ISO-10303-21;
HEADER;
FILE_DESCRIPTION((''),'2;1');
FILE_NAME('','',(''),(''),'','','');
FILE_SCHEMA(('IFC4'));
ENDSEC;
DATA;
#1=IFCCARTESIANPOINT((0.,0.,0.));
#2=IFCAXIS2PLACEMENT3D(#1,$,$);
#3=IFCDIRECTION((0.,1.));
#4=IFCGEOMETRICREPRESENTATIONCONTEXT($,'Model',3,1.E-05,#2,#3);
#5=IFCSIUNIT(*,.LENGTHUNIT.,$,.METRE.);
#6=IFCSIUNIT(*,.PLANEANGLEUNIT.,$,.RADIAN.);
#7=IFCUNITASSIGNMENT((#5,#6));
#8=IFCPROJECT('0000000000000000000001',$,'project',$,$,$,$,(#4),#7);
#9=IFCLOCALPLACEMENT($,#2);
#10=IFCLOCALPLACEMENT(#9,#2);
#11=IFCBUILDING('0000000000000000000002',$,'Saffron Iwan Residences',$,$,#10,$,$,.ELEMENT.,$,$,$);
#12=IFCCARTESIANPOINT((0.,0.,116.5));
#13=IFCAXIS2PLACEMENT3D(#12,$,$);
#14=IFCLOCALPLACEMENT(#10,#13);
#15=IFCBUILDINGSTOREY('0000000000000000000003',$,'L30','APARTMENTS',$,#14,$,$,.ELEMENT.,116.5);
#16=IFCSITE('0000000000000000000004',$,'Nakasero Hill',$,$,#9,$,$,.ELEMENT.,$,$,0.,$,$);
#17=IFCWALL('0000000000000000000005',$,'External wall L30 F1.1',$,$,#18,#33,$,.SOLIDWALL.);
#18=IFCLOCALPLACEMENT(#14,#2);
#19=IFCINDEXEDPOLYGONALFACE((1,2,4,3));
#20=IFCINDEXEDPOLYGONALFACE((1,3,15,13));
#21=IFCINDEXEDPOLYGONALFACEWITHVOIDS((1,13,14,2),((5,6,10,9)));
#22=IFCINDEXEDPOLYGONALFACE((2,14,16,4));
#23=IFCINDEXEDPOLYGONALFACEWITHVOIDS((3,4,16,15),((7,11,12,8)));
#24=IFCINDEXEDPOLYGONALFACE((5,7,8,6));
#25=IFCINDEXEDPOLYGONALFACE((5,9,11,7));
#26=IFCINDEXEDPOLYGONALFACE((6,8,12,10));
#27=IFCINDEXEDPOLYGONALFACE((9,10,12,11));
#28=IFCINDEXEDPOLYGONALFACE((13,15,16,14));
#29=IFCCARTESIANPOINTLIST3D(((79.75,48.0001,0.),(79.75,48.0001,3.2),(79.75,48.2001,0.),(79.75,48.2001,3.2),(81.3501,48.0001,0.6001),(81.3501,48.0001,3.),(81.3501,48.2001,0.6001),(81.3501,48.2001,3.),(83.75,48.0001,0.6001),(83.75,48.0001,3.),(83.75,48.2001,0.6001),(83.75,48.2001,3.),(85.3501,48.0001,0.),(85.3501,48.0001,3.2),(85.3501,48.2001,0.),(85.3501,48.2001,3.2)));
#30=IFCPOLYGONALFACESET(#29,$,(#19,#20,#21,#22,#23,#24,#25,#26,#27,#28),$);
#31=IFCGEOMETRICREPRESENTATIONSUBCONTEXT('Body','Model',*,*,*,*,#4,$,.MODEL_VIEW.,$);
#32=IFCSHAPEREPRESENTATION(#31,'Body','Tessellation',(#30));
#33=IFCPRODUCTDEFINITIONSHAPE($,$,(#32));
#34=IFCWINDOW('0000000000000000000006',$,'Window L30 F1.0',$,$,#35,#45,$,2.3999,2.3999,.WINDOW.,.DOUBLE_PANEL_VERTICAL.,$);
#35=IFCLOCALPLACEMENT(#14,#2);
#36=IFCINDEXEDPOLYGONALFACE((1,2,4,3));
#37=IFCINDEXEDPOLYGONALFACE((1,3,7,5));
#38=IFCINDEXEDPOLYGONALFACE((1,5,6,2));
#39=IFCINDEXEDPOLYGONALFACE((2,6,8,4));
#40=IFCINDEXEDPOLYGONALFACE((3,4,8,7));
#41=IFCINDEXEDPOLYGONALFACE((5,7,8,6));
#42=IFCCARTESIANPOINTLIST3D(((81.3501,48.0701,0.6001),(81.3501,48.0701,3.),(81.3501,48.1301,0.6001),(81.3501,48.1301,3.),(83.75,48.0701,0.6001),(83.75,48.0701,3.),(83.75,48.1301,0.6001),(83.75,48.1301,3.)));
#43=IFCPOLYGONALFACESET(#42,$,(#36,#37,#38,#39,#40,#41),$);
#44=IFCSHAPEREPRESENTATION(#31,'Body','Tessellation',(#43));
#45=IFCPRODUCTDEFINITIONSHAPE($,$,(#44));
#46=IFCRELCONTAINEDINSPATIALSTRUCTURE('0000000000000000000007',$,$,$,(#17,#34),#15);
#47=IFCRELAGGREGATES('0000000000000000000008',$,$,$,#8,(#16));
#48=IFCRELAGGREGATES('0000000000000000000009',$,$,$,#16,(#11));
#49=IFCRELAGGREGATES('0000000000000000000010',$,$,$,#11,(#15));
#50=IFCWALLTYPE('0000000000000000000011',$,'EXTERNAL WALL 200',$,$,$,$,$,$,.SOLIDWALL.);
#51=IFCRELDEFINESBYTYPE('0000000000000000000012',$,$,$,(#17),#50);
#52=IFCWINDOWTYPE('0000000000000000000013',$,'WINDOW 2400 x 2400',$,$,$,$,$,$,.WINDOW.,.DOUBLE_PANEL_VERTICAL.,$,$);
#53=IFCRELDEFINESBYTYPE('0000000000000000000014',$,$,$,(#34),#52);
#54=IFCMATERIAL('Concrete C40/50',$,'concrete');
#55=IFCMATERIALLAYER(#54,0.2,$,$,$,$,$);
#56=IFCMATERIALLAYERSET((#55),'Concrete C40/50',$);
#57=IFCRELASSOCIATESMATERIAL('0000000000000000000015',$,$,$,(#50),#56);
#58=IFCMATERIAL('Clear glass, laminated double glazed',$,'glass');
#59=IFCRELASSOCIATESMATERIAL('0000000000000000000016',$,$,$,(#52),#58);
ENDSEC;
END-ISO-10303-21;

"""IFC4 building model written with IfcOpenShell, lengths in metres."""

from ifc_helpers import new_model, si_unit, direction, frame, frame_2d, origin, place, context, subcontext, project, spatial, rectangle, extrude, material, layer, layer_set, type_object, element, fill, save


model = new_model("IFC4")

# Units and contexts
model_context = context("Model", 3, precision=1e-05, world=origin(), true_north=direction((0.0, 1.0)))
body_context = subcontext(model_context, "Body", "Model", "MODEL_VIEW")
ifc_project = project(units=[si_unit("LENGTHUNIT", "METRE"), si_unit("PLANEANGLEUNIT", "RADIAN")], contexts=[model_context])

# Site, building, storey
site_placement = place(None, origin())
site = spatial("IfcSite", under=ifc_project, at=site_placement, Name="Nakasero Hill", CompositionType="ELEMENT", RefElevation=0.0)
building_placement = place(site_placement, origin())
building = spatial("IfcBuilding", under=site, at=building_placement, Name="Saffron Iwan Residences", CompositionType="ELEMENT")
storey_placement = place(building_placement, frame((0.0, 0.0, 116.5)))
storey = spatial("IfcBuildingStorey", under=building, at=storey_placement, Name="L30", Description="APARTMENTS", CompositionType="ELEMENT", Elevation=116.5)

# Wall, opening, window
ifc_material_1 = material(Name="Concrete C40/50", Category="concrete")
ifc_layer_1 = layer(ifc_material_1, 0.2)
ifc_layer_set_1 = layer_set([ifc_layer_1], Name="Concrete C40/50")
wall_type_1 = type_object("IfcWallType", Name="EXTERNAL WALL 200", PredefinedType="SOLIDWALL", material=ifc_layer_set_1)
wall_1_placement = place(storey_placement, frame((79.75, 48.1001, 0.0), z_axis=(0.0, 0.0, 1.0), x_axis=(1.0, 0.0, 0.0)))
wall_1 = element("IfcWall", 1, at=wall_1_placement, inside=storey, type_object=wall_type_1, Name="External wall L30 F1.1", PredefinedType="SOLIDWALL", context=body_context, shape_type="SweptSolid", body=[
    extrude(rectangle(XDim=5.6001, YDim=0.2, at=frame_2d((2.8, 0.0))), origin(), (0.0, 0.0, 1.0), 3.2),
])
opening_1_placement = place(wall_1_placement, frame((1.6001, 0.0, 0.6001)))
opening_1 = element("IfcOpeningElement", 2, at=opening_1_placement, cuts=wall_1, PredefinedType="OPENING", context=body_context, shape_type="SweptSolid", body=[
    extrude(rectangle(XDim=2.3999, YDim=2.3999, at=frame_2d((1.2, 1.2))), frame((0.0, 0.1099, 0.0), z_axis=(0.0, -1.0, 0.0), x_axis=(1.0, 0.0, 0.0)), (0.0, 0.0, 1.0), 0.22),
])
ifc_material_2 = material(Name="Clear glass, laminated double glazed", Category="glass")
window_type_1 = type_object("IfcWindowType", Name="WINDOW 2400 x 2400", PartitioningType="DOUBLE_PANEL_VERTICAL", PredefinedType="WINDOW", material=ifc_material_2)
window_1_placement = place(opening_1_placement, origin())
window_1 = element("IfcWindow", 3, at=window_1_placement, inside=storey, type_object=window_type_1, Name="Window L30 F1.0", OverallHeight=2.3999, OverallWidth=2.3999, PartitioningType="DOUBLE_PANEL_VERTICAL", PredefinedType="WINDOW", context=body_context, shape_type="SweptSolid", body=[
    extrude(rectangle(XDim=2.3999, YDim=2.3999, at=frame_2d((1.2, 1.2))), frame((0.0, 0.03, 0.0), z_axis=(0.0, -1.0, 0.0), x_axis=(1.0, 0.0, 0.0)), (0.0, 0.0, 1.0), 0.0601),
])
fill(opening_1, window_1)

save(model, "model.ifc")
